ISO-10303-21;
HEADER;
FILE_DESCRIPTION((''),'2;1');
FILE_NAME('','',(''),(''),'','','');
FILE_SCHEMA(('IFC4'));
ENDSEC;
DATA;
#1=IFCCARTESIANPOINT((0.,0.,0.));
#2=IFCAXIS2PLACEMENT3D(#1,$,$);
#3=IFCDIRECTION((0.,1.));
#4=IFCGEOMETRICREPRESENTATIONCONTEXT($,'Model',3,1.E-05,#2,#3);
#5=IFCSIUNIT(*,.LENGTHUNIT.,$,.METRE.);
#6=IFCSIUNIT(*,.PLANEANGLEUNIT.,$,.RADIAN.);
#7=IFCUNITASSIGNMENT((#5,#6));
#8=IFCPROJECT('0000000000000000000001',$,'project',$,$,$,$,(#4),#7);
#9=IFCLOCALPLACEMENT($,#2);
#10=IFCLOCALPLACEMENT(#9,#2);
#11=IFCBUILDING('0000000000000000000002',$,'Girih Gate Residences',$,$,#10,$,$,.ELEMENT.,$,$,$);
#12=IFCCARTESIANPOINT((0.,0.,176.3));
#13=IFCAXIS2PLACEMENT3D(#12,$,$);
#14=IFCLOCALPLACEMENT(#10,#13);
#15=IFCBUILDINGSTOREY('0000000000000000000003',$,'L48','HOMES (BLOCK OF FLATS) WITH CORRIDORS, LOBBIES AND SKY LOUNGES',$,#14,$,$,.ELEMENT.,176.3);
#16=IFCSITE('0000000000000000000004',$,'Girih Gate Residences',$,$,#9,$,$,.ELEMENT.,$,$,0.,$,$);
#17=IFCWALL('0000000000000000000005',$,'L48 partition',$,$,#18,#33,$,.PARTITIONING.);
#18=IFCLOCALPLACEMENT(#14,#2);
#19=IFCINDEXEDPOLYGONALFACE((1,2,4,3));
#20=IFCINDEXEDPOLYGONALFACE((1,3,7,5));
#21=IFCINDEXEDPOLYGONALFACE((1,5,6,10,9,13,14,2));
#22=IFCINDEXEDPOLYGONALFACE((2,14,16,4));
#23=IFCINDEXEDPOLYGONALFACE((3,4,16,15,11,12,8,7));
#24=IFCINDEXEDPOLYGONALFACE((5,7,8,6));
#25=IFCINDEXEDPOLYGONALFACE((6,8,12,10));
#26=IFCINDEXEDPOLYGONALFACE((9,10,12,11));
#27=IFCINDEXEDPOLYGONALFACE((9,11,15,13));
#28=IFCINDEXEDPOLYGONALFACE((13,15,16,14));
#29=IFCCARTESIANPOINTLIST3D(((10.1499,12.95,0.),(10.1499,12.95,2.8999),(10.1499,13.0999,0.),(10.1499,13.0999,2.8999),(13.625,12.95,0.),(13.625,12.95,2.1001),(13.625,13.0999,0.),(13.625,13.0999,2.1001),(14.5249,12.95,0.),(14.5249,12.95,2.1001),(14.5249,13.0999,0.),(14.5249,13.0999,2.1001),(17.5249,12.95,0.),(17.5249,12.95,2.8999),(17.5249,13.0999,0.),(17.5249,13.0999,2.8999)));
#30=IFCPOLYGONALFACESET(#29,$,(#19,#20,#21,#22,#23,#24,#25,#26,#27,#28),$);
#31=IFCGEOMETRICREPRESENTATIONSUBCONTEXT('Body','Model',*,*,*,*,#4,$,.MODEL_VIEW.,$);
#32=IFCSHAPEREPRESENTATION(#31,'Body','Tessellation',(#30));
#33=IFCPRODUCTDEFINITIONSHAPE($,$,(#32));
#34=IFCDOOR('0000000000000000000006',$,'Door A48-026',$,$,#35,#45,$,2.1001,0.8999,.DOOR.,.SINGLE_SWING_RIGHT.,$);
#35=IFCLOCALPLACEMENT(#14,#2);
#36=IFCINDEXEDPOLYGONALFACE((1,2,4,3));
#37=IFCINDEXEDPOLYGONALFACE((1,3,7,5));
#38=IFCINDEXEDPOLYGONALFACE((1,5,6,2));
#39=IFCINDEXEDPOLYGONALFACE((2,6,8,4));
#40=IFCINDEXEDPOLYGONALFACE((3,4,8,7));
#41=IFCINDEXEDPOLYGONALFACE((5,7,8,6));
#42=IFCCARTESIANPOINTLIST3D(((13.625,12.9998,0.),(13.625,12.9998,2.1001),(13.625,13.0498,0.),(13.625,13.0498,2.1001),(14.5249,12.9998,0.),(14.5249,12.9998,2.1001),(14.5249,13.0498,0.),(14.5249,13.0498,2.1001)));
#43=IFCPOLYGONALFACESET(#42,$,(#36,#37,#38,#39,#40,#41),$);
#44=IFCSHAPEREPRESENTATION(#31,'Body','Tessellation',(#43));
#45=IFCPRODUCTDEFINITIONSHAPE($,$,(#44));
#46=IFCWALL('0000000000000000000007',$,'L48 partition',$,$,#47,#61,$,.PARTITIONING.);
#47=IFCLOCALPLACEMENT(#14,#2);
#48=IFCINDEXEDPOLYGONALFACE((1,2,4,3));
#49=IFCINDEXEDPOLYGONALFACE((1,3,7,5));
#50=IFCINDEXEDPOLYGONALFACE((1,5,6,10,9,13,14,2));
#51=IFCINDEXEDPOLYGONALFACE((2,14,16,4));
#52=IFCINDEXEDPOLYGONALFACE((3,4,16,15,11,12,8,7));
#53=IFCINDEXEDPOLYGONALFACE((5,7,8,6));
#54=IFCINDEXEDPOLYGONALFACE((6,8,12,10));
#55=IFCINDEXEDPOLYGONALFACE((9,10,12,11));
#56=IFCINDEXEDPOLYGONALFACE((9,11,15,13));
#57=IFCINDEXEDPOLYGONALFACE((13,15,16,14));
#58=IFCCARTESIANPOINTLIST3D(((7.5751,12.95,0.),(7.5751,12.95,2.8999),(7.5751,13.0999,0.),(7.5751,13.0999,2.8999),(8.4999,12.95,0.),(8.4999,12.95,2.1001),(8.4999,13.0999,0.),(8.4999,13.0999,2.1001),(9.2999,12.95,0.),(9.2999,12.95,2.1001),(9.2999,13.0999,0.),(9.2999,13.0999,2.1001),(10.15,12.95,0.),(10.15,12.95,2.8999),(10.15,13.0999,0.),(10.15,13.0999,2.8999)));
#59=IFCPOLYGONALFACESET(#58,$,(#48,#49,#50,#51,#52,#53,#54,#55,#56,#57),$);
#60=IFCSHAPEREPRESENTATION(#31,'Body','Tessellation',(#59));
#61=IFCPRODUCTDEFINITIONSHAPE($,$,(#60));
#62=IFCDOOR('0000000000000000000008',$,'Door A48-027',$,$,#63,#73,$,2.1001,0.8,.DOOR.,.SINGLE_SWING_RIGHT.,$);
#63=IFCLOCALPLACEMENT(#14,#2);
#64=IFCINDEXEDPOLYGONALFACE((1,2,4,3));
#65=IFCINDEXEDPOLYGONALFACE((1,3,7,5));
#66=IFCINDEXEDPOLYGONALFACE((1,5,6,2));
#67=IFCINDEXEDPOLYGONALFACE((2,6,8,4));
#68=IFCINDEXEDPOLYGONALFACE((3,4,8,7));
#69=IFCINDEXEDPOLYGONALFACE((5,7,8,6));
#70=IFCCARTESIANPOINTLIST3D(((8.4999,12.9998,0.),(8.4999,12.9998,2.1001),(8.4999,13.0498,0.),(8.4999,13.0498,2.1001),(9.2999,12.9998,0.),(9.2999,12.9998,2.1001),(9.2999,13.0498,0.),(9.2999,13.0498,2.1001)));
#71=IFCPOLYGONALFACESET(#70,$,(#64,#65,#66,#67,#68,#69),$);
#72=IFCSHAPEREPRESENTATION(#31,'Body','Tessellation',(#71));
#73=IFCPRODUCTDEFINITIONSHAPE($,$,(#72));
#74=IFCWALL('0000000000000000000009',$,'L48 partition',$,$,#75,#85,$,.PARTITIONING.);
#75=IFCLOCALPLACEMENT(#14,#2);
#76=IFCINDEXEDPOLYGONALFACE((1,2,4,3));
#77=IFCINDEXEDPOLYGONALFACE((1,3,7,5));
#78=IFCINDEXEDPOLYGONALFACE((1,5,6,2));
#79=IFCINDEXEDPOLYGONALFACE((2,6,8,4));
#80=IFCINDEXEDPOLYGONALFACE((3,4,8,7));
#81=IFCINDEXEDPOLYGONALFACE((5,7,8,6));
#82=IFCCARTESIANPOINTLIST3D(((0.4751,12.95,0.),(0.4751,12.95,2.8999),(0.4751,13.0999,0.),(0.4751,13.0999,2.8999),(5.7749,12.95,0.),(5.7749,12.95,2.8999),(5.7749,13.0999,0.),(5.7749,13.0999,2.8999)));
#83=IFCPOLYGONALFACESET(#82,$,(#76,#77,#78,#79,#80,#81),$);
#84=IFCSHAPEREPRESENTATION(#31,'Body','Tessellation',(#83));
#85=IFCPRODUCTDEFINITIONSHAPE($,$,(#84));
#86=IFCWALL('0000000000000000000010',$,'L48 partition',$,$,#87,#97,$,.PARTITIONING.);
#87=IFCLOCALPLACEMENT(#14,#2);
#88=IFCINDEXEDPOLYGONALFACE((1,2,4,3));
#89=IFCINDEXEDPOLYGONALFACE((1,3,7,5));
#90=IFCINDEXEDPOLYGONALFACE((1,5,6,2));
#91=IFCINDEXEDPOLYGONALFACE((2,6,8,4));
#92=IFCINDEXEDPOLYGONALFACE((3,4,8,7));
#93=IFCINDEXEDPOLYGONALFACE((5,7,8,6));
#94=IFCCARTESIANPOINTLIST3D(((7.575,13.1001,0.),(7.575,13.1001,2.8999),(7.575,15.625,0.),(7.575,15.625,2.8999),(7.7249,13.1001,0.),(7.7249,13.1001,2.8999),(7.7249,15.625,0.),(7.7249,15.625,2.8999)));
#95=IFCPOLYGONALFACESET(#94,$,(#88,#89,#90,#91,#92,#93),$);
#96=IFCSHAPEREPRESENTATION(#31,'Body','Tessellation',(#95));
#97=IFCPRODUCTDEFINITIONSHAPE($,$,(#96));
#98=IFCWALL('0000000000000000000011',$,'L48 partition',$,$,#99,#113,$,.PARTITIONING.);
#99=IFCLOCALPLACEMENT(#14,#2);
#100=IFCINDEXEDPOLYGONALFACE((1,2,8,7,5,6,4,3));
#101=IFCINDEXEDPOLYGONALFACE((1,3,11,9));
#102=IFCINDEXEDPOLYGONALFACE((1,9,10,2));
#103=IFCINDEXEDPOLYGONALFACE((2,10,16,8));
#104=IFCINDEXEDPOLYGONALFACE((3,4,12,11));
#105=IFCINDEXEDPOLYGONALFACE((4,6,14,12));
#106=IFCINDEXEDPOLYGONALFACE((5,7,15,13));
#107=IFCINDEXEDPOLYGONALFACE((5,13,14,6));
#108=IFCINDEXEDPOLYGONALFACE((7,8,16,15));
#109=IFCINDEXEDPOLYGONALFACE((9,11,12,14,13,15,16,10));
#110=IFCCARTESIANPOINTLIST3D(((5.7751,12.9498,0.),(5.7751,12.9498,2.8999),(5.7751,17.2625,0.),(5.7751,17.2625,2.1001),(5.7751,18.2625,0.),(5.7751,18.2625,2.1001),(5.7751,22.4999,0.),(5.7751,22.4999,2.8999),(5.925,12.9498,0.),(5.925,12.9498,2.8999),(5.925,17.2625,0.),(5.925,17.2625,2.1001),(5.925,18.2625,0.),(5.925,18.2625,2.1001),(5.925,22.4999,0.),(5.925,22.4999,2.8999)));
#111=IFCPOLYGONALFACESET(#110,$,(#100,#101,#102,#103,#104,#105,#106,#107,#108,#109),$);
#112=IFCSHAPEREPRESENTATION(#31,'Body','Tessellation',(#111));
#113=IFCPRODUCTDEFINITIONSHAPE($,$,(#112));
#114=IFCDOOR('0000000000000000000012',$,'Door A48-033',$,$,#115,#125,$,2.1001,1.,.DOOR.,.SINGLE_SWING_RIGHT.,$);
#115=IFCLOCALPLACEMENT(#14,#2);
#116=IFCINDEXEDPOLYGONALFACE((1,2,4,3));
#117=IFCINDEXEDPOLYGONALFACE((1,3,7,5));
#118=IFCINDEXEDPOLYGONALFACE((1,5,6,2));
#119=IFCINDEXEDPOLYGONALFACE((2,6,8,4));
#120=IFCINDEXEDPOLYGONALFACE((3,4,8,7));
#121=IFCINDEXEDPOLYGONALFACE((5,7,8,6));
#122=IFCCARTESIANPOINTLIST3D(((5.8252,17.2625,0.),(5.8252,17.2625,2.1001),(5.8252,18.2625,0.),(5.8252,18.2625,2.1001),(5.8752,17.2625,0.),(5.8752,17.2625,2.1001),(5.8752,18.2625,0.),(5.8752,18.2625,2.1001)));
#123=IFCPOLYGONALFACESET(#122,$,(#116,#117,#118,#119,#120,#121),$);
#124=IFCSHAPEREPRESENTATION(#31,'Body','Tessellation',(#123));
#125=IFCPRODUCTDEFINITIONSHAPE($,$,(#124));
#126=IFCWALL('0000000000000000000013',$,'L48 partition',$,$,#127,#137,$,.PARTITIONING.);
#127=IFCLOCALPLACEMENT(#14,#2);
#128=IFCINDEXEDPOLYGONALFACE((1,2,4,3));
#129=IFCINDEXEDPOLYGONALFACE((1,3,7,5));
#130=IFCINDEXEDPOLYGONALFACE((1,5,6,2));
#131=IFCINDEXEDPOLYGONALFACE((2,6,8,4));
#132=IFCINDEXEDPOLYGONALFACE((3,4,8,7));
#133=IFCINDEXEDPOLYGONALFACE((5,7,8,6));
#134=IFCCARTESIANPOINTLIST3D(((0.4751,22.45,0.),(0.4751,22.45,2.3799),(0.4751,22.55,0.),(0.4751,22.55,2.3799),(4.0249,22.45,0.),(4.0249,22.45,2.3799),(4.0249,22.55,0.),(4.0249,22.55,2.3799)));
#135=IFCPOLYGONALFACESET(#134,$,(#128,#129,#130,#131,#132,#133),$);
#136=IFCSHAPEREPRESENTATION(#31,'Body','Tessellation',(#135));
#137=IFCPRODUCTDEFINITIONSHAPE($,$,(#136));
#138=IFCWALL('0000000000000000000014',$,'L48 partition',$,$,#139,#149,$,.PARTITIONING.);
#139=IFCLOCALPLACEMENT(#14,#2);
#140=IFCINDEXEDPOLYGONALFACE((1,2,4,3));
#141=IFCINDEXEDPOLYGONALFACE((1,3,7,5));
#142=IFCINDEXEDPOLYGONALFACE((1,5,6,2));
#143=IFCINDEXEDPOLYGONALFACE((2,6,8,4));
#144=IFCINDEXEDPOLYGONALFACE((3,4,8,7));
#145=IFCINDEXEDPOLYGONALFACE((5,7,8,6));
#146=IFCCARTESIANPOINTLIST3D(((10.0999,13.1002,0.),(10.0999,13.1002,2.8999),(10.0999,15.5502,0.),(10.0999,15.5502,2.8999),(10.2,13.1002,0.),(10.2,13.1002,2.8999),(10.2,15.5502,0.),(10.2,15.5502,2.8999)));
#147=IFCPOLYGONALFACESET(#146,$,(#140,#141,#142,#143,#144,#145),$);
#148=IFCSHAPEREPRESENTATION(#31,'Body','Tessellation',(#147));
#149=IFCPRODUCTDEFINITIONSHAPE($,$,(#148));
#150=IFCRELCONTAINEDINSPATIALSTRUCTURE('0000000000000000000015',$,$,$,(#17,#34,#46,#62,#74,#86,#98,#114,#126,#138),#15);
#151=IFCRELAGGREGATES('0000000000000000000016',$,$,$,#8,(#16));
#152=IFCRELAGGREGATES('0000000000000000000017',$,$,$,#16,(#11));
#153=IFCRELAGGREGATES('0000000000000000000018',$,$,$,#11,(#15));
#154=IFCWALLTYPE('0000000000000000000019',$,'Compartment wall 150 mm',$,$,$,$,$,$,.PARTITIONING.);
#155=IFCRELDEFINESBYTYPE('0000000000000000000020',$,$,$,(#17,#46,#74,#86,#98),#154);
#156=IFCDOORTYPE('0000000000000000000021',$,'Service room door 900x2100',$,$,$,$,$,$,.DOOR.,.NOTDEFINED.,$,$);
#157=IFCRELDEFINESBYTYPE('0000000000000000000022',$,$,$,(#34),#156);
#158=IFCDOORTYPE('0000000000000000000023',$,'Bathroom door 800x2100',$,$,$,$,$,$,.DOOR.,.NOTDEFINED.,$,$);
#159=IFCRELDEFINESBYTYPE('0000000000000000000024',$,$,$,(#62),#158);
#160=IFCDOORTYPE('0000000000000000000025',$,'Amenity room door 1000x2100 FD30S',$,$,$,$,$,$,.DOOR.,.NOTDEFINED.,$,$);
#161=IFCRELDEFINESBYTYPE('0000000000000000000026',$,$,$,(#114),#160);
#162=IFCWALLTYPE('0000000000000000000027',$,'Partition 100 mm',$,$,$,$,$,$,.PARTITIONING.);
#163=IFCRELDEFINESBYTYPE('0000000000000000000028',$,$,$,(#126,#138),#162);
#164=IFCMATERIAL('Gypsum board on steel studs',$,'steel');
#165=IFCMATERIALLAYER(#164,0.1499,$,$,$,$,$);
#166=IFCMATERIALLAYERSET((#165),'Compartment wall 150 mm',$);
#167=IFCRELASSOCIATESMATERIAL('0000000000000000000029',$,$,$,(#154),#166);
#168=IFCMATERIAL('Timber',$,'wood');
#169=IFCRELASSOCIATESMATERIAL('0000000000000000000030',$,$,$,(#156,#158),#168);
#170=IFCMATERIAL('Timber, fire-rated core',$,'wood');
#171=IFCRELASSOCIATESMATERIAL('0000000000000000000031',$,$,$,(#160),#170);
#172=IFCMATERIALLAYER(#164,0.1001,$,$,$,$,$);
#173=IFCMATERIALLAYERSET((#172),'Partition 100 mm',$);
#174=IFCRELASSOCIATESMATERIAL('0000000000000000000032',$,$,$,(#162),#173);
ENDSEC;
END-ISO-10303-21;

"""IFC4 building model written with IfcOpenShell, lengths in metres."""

from ifc_helpers import new_model, si_unit, direction, frame, frame_2d, origin, place, context, subcontext, project, spatial, rectangle, extrude, material, layer, layer_set, type_object, element, fill, save


model = new_model("IFC4")

# Units and contexts
model_context = context("Model", 3, precision=1e-05, world=origin(), true_north=direction((0.0, 1.0)))
body_context = subcontext(model_context, "Body", "Model", "MODEL_VIEW")
ifc_project = project(units=[si_unit("LENGTHUNIT", "METRE"), si_unit("PLANEANGLEUNIT", "RADIAN")], contexts=[model_context])

# Site, building, storey
site_placement = place(None, origin())
site = spatial("IfcSite", under=ifc_project, at=site_placement, Name="Girih Gate Residences", CompositionType="ELEMENT", RefElevation=0.0)
building_placement = place(site_placement, origin())
building = spatial("IfcBuilding", under=site, at=building_placement, Name="Girih Gate Residences", CompositionType="ELEMENT")
storey_placement = place(building_placement, frame((0.0, 0.0, 176.3)))
storey = spatial("IfcBuildingStorey", under=building, at=storey_placement, Name="L48", Description="HOMES (BLOCK OF FLATS) WITH CORRIDORS, LOBBIES AND SKY LOUNGES", CompositionType="ELEMENT", Elevation=176.3)

# Shared definitions
ifc_material_1 = material(Name="Gypsum board on steel studs", Category="steel")
ifc_layer_1 = layer(ifc_material_1, 0.1499)
ifc_layer_set_1 = layer_set([ifc_layer_1], Name="Compartment wall 150 mm")
wall_type_1 = type_object("IfcWallType", Name="Compartment wall 150 mm", PredefinedType="PARTITIONING", material=ifc_layer_set_1)
ifc_material_2 = material(Name="Timber, fire-rated core", Category="wood")

# Walls, openings, doors
wall_1_placement = place(storey_placement, frame((10.1499, 13.0249, 0.0), z_axis=(0.0, 0.0, 1.0), x_axis=(1.0, 0.0, 0.0)))
wall_1 = element("IfcWall", 1, at=wall_1_placement, inside=storey, type_object=wall_type_1, Name="L48 partition", PredefinedType="PARTITIONING", context=body_context, shape_type="SweptSolid", body=[
    extrude(rectangle(XDim=7.375, YDim=0.1499, at=frame_2d((3.6875, 0.0))), origin(), (0.0, 0.0, 1.0), 2.8999),
])
opening_1_placement = place(wall_1_placement, frame((3.4751, 0.0, 0.0)))
opening_1 = element("IfcOpeningElement", 2, at=opening_1_placement, cuts=wall_1, PredefinedType="OPENING", context=body_context, shape_type="SweptSolid", body=[
    extrude(rectangle(XDim=0.8999, YDim=2.1001, at=frame_2d((0.45, 1.05))), frame((0.0, 0.085, 0.0), z_axis=(0.0, -1.0, 0.0), x_axis=(1.0, 0.0, 0.0)), (0.0, 0.0, 1.0), 0.1699),
])
ifc_material_3 = material(Name="Timber", Category="wood")
door_type_1 = type_object("IfcDoorType", Name="Service room door 900x2100", OperationType="NOTDEFINED", PredefinedType="DOOR", material=ifc_material_3)
door_1_placement = place(opening_1_placement, origin())
door_1 = element("IfcDoor", 3, at=door_1_placement, inside=storey, type_object=door_type_1, Name="Door A48-026", OperationType="SINGLE_SWING_RIGHT", OverallHeight=2.1001, OverallWidth=0.8999, PredefinedType="DOOR", context=body_context, shape_type="SweptSolid", body=[
    extrude(rectangle(XDim=0.8999, YDim=2.1001, at=frame_2d((0.45, 1.05))), frame((0.0, 0.0249, 0.0), z_axis=(0.0, -1.0, 0.0), x_axis=(1.0, 0.0, 0.0)), (0.0, 0.0, 1.0), 0.05),
])
fill(opening_1, door_1)
wall_2_placement = place(storey_placement, frame((7.575, 13.0249, 0.0), z_axis=(0.0, 0.0, 1.0), x_axis=(1.0, 0.0, 0.0)))
wall_2 = element("IfcWall", 4, at=wall_2_placement, inside=storey, type_object=wall_type_1, Name="L48 partition", PredefinedType="PARTITIONING", context=body_context, shape_type="SweptSolid", body=[
    extrude(rectangle(XDim=2.575, YDim=0.1499, at=frame_2d((1.2876, 0.0))), origin(), (0.0, 0.0, 1.0), 2.8999),
])
opening_2_placement = place(wall_2_placement, frame((0.925, 0.0, 0.0)))
opening_2 = element("IfcOpeningElement", 5, at=opening_2_placement, cuts=wall_2, PredefinedType="OPENING", context=body_context, shape_type="SweptSolid", body=[
    extrude(rectangle(XDim=0.8, YDim=2.1001, at=frame_2d((0.3999, 1.05))), frame((0.0, 0.085, 0.0), z_axis=(0.0, -1.0, 0.0), x_axis=(1.0, 0.0, 0.0)), (0.0, 0.0, 1.0), 0.1699),
])
door_type_2 = type_object("IfcDoorType", Name="Bathroom door 800x2100", OperationType="NOTDEFINED", PredefinedType="DOOR", material=ifc_material_3)
door_2_placement = place(opening_2_placement, origin())
door_2 = element("IfcDoor", 6, at=door_2_placement, inside=storey, type_object=door_type_2, Name="Door A48-027", OperationType="SINGLE_SWING_RIGHT", OverallHeight=2.1001, OverallWidth=0.8, PredefinedType="DOOR", context=body_context, shape_type="SweptSolid", body=[
    extrude(rectangle(XDim=0.8, YDim=2.1001, at=frame_2d((0.3999, 1.05))), frame((0.0, 0.0249, 0.0), z_axis=(0.0, -1.0, 0.0), x_axis=(1.0, 0.0, 0.0)), (0.0, 0.0, 1.0), 0.05),
])
fill(opening_2, door_2)

# Walls
wall_3_placement = place(storey_placement, frame((0.4751, 13.0249, 0.0), z_axis=(0.0, 0.0, 1.0), x_axis=(1.0, 0.0, 0.0)))
element("IfcWall", 7, at=wall_3_placement, inside=storey, type_object=wall_type_1, Name="L48 partition", PredefinedType="PARTITIONING", context=body_context, shape_type="SweptSolid", body=[
    extrude(rectangle(XDim=5.2998, YDim=0.1499, at=frame_2d((2.6499, 0.0))), origin(), (0.0, 0.0, 1.0), 2.8999),
])
wall_4_placement = place(storey_placement, frame((7.6499, 13.1001, 0.0), z_axis=(0.0, 0.0, 1.0), x_axis=(0.0, 1.0, 0.0)))
element("IfcWall", 8, at=wall_4_placement, inside=storey, type_object=wall_type_1, Name="L48 partition", PredefinedType="PARTITIONING", context=body_context, shape_type="SweptSolid", body=[
    extrude(rectangle(XDim=2.5249, YDim=0.1499, at=frame_2d((1.2625, 0.0))), origin(), (0.0, 0.0, 1.0), 2.8999),
])

# Wall, opening, door
wall_5_placement = place(storey_placement, frame((5.8501, 12.95, 0.0), z_axis=(0.0, 0.0, 1.0), x_axis=(0.0, 1.0, 0.0)))
wall_5 = element("IfcWall", 9, at=wall_5_placement, inside=storey, type_object=wall_type_1, Name="L48 partition", PredefinedType="PARTITIONING", context=body_context, shape_type="SweptSolid", body=[
    extrude(rectangle(XDim=9.55, YDim=0.1499, at=frame_2d((4.7749, 0.0))), origin(), (0.0, 0.0, 1.0), 2.8999),
])
opening_3_placement = place(wall_5_placement, frame((4.3125, 0.0, 0.0)))
opening_3 = element("IfcOpeningElement", 10, at=opening_3_placement, cuts=wall_5, PredefinedType="OPENING", context=body_context, shape_type="SweptSolid", body=[
    extrude(rectangle(XDim=1.0, YDim=2.1001, at=frame_2d((0.5, 1.05))), frame((0.0, 0.085, 0.0), z_axis=(0.0, -1.0, 0.0), x_axis=(1.0, 0.0, 0.0)), (0.0, 0.0, 1.0), 0.1699),
])
door_type_3 = type_object("IfcDoorType", Name="Amenity room door 1000x2100 FD30S", OperationType="NOTDEFINED", PredefinedType="DOOR", material=ifc_material_2)
door_3_placement = place(opening_3_placement, origin())
door_3 = element("IfcDoor", 11, at=door_3_placement, inside=storey, type_object=door_type_3, Name="Door A48-033", OperationType="SINGLE_SWING_RIGHT", OverallHeight=2.1001, OverallWidth=1.0, PredefinedType="DOOR", context=body_context, shape_type="SweptSolid", body=[
    extrude(rectangle(XDim=1.0, YDim=2.1001, at=frame_2d((0.5, 1.05))), frame((0.0, 0.0249, 0.0), z_axis=(0.0, -1.0, 0.0), x_axis=(1.0, 0.0, 0.0)), (0.0, 0.0, 1.0), 0.05),
])
fill(opening_3, door_3)

# Walls
ifc_layer_2 = layer(ifc_material_1, 0.1001)
ifc_layer_set_2 = layer_set([ifc_layer_2], Name="Partition 100 mm")
wall_type_2 = type_object("IfcWallType", Name="Partition 100 mm", PredefinedType="PARTITIONING", material=ifc_layer_set_2)
wall_6_placement = place(storey_placement, frame((0.4751, 22.5, 0.0), z_axis=(0.0, 0.0, 1.0), x_axis=(1.0, 0.0, 0.0)))
element("IfcWall", 12, at=wall_6_placement, inside=storey, type_object=wall_type_2, Name="L48 partition", PredefinedType="PARTITIONING", context=body_context, shape_type="SweptSolid", body=[
    extrude(rectangle(XDim=3.5498, YDim=0.1001, at=frame_2d((1.7749, 0.0))), origin(), (0.0, 0.0, 1.0), 2.3799),
])
wall_7_placement = place(storey_placement, frame((10.1499, 13.1001, 0.0), z_axis=(0.0, 0.0, 1.0), x_axis=(0.0, 1.0, 0.0)))
element("IfcWall", 13, at=wall_7_placement, inside=storey, type_object=wall_type_2, Name="L48 partition", PredefinedType="PARTITIONING", context=body_context, shape_type="SweptSolid", body=[
    extrude(rectangle(XDim=2.45, YDim=0.1001, at=frame_2d((1.2251, 0.0))), origin(), (0.0, 0.0, 1.0), 2.8999),
])

save(model, "model.ifc")
